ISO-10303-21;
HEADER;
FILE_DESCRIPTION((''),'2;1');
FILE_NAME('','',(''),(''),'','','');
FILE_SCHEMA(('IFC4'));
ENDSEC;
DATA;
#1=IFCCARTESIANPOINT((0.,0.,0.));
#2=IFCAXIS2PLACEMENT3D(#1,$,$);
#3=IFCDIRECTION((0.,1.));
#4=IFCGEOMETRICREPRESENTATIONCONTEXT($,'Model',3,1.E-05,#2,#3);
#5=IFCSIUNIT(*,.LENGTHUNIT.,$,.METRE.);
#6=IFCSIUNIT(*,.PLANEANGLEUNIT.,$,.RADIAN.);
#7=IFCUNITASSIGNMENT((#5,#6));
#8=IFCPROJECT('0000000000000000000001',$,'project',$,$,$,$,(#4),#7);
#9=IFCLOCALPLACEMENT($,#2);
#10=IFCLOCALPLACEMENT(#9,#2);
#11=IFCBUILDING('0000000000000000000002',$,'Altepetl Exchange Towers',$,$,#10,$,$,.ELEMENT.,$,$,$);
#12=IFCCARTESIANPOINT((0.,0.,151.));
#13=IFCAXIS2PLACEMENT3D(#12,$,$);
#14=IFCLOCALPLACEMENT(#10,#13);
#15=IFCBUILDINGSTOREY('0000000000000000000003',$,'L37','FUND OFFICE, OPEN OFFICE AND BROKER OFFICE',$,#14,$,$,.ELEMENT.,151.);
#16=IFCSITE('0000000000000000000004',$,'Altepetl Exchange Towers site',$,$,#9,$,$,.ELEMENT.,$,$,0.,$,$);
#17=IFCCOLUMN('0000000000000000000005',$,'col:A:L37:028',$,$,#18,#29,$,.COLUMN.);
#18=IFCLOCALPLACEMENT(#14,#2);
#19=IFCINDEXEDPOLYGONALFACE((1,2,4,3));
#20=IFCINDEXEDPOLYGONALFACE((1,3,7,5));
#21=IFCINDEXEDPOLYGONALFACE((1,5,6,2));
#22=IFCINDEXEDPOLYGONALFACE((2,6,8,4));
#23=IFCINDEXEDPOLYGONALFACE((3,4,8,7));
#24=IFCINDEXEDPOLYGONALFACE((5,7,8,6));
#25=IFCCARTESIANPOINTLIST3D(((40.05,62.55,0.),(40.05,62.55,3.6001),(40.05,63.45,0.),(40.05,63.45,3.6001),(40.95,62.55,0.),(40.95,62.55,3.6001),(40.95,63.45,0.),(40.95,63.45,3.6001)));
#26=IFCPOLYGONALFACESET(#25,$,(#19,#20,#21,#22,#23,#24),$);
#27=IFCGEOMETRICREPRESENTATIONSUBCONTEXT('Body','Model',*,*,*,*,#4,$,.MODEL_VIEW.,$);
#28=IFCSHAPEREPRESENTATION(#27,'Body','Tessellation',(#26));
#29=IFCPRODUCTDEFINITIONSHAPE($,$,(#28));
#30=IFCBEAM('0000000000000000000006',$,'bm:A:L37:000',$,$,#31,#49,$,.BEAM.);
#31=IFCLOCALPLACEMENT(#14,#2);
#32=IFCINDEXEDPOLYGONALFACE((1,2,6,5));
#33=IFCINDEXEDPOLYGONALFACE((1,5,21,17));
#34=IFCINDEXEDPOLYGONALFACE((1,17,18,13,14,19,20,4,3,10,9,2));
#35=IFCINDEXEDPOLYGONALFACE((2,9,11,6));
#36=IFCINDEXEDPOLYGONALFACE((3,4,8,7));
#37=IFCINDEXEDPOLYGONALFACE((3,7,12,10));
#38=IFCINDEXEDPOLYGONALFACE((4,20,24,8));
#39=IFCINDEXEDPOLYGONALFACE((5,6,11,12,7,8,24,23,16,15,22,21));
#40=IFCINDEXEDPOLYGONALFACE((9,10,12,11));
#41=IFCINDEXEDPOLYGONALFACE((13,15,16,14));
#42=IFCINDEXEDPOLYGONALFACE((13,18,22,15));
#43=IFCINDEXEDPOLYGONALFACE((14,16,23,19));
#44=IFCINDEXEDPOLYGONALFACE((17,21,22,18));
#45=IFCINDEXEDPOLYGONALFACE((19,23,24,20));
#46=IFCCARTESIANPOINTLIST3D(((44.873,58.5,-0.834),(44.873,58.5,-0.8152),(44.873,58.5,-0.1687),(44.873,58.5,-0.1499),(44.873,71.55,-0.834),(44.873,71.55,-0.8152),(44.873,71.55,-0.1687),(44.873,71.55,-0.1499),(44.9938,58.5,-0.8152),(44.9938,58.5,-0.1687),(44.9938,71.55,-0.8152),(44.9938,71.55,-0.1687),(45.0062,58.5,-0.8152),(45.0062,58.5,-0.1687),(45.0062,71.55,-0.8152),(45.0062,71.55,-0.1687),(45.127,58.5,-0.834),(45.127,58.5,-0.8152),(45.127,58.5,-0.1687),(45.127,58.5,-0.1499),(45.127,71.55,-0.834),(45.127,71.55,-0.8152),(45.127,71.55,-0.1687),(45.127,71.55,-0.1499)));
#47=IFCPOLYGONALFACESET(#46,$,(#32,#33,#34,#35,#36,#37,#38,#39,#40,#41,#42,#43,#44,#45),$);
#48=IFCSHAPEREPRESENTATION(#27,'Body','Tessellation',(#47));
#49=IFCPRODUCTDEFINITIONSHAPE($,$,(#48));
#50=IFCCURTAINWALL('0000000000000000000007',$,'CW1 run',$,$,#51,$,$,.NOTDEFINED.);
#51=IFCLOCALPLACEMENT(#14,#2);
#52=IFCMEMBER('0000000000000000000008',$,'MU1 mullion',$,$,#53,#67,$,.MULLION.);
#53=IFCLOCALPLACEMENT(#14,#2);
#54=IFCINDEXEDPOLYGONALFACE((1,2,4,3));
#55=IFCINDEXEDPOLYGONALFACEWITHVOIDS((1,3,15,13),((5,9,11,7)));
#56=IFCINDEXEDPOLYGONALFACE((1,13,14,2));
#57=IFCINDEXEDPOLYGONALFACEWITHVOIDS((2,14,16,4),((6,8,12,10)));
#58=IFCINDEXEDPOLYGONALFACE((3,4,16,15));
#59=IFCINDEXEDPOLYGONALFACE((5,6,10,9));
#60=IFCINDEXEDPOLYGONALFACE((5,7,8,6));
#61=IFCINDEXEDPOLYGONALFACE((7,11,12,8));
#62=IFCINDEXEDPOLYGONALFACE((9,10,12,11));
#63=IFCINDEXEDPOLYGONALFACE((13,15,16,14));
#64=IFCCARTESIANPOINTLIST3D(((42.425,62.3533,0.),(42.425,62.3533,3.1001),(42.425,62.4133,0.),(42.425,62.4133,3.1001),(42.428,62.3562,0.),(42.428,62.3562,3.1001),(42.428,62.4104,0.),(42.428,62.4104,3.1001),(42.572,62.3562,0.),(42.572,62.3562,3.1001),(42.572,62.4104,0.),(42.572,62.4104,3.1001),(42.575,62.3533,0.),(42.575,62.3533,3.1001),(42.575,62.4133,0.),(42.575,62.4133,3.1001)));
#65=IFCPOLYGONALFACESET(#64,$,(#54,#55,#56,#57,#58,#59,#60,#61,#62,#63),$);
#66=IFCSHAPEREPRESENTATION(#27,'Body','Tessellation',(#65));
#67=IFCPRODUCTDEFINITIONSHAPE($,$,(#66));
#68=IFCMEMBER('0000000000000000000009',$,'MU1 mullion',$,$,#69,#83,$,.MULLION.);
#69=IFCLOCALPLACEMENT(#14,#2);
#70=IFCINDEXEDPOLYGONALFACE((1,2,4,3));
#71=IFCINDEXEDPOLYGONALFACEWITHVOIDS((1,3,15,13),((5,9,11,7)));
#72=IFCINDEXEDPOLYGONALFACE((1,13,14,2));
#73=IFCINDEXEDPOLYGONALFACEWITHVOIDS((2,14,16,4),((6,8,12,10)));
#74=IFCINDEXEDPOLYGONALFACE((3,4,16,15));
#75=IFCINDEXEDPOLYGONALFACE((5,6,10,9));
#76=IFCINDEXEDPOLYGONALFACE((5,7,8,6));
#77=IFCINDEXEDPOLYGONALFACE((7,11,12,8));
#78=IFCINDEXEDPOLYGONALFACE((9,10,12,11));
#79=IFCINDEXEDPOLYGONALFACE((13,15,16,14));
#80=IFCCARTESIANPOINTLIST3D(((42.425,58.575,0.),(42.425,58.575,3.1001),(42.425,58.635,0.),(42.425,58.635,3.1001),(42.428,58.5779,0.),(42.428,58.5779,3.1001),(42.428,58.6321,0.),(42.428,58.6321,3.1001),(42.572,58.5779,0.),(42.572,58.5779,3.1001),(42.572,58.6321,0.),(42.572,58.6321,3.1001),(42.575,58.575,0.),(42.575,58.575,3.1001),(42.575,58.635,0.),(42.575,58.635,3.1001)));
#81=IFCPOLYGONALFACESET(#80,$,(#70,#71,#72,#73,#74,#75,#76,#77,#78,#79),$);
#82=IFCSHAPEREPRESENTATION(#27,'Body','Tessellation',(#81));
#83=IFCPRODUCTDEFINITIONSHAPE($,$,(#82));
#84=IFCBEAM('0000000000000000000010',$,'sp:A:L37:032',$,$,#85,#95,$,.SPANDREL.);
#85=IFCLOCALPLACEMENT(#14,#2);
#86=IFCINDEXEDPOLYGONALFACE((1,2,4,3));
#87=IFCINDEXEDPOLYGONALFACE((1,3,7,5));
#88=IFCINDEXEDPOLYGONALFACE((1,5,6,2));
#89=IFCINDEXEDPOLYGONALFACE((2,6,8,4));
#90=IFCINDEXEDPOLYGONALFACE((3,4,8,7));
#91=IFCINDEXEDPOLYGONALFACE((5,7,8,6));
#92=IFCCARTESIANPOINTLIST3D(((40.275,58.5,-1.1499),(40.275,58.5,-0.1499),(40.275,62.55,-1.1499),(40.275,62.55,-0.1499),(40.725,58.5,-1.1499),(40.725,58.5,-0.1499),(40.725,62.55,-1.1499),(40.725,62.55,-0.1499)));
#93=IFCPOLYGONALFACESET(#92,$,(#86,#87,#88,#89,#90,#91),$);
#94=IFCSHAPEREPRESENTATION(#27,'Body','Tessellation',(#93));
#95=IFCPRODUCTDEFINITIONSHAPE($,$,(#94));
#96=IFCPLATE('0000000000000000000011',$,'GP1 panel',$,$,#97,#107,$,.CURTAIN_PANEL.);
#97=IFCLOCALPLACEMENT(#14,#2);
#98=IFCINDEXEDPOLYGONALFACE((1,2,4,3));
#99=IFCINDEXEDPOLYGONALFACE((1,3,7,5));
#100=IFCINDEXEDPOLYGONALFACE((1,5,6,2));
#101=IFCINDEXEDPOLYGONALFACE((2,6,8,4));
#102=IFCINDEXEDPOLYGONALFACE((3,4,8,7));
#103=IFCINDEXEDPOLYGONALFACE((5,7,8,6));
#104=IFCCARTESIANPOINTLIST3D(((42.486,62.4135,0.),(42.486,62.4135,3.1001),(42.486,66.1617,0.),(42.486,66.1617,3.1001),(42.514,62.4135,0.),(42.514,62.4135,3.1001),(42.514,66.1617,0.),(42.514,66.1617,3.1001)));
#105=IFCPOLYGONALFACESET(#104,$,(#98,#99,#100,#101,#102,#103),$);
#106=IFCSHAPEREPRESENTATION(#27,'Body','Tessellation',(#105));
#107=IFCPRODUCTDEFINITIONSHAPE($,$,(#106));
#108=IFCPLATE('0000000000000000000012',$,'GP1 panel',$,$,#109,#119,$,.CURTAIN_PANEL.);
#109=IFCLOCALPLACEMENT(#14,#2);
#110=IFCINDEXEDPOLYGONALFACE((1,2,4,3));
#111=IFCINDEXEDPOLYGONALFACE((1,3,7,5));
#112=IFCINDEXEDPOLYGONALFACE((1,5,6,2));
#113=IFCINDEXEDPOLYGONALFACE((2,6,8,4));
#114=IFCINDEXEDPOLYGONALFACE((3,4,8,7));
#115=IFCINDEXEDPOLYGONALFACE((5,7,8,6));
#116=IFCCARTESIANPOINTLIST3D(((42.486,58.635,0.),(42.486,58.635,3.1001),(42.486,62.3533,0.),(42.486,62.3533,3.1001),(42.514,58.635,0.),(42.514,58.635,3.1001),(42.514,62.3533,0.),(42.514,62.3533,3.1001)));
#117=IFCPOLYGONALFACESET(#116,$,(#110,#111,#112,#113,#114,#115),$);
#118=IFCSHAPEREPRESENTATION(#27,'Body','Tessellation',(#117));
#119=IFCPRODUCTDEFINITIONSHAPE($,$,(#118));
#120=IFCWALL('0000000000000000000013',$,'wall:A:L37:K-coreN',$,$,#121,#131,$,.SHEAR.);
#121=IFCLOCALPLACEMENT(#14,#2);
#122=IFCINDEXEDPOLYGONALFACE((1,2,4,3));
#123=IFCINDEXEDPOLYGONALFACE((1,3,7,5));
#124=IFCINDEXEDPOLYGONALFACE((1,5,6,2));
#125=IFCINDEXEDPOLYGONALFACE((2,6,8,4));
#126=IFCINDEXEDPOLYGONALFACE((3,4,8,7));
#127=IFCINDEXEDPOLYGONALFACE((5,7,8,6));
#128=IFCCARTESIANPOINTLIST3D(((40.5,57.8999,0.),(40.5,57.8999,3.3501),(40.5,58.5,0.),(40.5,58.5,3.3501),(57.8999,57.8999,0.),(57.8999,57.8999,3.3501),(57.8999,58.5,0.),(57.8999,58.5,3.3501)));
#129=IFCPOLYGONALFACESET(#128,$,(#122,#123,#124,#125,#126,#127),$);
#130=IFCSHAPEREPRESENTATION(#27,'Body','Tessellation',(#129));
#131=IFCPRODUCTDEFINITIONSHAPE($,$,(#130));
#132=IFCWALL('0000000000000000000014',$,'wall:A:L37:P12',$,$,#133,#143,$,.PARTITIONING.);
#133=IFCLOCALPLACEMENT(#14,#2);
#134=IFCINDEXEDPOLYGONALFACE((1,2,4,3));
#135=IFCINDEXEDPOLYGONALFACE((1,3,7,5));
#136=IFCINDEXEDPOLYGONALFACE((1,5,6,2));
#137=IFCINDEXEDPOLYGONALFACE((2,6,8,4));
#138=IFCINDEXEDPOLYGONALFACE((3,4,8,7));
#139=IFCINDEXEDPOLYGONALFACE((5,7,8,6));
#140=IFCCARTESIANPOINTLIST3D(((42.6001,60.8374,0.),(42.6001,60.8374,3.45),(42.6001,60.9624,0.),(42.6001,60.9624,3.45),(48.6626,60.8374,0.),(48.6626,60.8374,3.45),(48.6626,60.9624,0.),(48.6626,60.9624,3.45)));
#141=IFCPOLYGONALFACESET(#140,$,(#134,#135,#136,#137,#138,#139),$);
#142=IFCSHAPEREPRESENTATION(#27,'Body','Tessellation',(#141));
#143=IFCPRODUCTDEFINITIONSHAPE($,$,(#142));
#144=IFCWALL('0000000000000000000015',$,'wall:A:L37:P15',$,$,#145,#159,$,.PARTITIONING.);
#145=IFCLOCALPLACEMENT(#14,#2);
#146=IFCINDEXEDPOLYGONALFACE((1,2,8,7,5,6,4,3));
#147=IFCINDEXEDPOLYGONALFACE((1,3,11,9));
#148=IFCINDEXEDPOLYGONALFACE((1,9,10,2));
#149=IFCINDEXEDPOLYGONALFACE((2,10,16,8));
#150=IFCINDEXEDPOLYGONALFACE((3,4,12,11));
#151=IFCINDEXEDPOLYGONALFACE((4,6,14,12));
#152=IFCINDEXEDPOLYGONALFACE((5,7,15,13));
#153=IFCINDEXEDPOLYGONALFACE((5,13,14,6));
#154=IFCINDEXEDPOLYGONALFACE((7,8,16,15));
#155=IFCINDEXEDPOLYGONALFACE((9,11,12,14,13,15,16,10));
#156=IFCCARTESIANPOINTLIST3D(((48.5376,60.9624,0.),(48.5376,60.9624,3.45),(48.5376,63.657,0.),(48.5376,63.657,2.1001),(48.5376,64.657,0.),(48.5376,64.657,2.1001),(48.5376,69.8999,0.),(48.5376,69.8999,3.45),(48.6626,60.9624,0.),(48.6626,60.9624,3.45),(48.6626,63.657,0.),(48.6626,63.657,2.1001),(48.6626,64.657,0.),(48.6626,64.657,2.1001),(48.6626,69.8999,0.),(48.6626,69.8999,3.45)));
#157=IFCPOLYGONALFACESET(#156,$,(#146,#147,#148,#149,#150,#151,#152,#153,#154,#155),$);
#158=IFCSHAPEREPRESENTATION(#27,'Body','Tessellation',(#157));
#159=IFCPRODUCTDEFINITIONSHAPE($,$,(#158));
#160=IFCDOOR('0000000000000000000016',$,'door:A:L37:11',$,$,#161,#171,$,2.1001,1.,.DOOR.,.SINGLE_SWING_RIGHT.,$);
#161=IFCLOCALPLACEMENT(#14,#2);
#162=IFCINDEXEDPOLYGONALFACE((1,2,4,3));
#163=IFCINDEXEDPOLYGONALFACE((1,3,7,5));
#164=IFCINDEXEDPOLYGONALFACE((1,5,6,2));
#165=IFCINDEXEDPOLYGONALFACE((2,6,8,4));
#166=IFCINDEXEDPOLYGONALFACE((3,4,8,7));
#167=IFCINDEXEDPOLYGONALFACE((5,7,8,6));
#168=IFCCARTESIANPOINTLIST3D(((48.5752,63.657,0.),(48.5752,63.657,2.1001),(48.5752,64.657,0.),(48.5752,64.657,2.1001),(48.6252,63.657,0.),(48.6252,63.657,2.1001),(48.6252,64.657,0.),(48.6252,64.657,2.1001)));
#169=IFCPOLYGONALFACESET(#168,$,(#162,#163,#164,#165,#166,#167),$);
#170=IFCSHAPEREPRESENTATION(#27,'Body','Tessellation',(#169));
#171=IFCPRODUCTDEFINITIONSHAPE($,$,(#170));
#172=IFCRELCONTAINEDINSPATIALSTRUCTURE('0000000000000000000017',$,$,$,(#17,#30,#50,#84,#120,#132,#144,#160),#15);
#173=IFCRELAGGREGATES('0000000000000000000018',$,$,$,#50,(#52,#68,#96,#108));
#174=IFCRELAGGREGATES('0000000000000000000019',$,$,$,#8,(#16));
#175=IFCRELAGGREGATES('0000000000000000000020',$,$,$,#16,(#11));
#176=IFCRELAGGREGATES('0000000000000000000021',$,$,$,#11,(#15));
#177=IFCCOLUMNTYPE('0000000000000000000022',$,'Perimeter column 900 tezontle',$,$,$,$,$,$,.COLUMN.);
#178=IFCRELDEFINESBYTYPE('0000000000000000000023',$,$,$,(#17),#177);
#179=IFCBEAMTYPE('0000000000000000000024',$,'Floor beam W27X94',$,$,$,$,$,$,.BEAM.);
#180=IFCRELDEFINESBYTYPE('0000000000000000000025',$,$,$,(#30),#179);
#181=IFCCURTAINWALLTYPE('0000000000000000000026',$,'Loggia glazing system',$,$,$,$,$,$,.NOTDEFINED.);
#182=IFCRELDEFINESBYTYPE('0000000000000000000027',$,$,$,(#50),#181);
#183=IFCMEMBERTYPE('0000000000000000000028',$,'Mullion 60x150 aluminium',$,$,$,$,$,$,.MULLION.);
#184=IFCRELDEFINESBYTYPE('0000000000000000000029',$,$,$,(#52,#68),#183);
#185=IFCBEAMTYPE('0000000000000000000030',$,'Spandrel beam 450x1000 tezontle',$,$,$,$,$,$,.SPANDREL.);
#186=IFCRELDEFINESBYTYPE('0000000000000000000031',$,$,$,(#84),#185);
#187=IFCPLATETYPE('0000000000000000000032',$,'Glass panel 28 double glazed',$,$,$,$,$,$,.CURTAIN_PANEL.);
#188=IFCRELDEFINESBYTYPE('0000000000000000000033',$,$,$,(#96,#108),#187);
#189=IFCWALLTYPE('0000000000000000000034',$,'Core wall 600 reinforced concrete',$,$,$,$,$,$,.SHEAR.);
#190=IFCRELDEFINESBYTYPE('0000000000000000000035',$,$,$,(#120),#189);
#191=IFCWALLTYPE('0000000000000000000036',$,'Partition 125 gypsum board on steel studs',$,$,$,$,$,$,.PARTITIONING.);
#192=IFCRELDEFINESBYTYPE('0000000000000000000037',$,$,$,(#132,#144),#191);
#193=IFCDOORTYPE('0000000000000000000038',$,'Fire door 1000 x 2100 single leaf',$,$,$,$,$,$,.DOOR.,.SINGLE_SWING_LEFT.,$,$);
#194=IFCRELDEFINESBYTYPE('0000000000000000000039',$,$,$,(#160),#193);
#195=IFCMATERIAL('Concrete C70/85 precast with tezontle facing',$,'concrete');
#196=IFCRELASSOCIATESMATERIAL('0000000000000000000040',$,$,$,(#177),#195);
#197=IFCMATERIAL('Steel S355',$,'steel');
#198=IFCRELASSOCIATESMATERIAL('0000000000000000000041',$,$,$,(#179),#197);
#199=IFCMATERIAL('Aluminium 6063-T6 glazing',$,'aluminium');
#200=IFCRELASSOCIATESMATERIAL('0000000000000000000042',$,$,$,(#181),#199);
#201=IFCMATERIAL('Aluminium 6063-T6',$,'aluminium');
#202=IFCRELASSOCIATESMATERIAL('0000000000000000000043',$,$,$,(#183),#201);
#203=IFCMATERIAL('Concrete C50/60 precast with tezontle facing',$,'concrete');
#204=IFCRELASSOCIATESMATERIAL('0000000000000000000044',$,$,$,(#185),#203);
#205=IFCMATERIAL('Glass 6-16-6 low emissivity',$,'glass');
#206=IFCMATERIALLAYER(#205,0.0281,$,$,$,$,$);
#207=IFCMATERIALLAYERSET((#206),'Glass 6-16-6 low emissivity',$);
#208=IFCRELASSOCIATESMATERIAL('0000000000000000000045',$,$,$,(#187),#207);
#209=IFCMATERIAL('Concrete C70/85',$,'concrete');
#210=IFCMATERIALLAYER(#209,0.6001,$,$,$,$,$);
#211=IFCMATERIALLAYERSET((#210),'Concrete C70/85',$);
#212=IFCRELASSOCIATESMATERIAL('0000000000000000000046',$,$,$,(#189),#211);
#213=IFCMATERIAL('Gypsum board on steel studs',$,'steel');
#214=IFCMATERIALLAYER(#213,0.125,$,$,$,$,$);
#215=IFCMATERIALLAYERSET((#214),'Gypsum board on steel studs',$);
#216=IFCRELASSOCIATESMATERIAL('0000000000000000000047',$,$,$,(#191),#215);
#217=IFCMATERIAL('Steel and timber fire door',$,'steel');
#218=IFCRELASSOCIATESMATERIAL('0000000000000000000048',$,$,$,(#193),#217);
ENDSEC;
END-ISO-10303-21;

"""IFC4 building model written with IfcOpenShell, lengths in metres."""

from ifc_helpers import new_model, si_unit, direction, frame, frame_2d, origin, origin_2d, place, context, subcontext, project, spatial, rectangle, hollow_rectangle, i_section, extrude, material, layer, layer_set, material_profile, profile_set, type_object, element, fill, aggregate, save


model = new_model("IFC4")

# Units and contexts
model_context = context("Model", 3, precision=1e-05, world=origin(), true_north=direction((0.0, 1.0)))
body_context = subcontext(model_context, "Body", "Model", "MODEL_VIEW")
ifc_project = project(units=[si_unit("LENGTHUNIT", "METRE"), si_unit("PLANEANGLEUNIT", "RADIAN")], contexts=[model_context])

# Site, building, storey
site_placement = place(None, origin())
site = spatial("IfcSite", under=ifc_project, at=site_placement, Name="Altepetl Exchange Towers site", CompositionType="ELEMENT", RefElevation=0.0)
building_placement = place(site_placement, origin())
building = spatial("IfcBuilding", under=site, at=building_placement, Name="Altepetl Exchange Towers", CompositionType="ELEMENT")
storey_placement = place(building_placement, frame((0.0, 0.0, 151.0)))
storey = spatial("IfcBuildingStorey", under=building, at=storey_placement, Name="L37", Description="FUND OFFICE, OPEN OFFICE AND BROKER OFFICE", CompositionType="ELEMENT", Elevation=151.0)

# Column
ifc_material_1 = material(Name="Concrete C70/85 precast with tezontle facing", Category="concrete")
ifc_material_profile_1 = material_profile(ifc_material_1, rectangle(XDim=0.8999, YDim=0.8999, at=origin_2d()), Name="900 x 900")
ifc_profile_set_1 = profile_set([ifc_material_profile_1], Name="Concrete C70/85 precast with tezontle facing")
column_type = type_object("IfcColumnType", Name="Perimeter column 900 tezontle", PredefinedType="COLUMN", material=ifc_profile_set_1)
column_placement = place(storey_placement, frame((40.5, 63.0, 0.0)))
element("IfcColumn", 1, at=column_placement, inside=storey, type_object=column_type, Name="col:A:L37:028", PredefinedType="COLUMN", context=body_context, shape_type="SweptSolid", body=[
    extrude(rectangle(XDim=0.8999, YDim=0.8999, at=origin_2d()), origin(), (0.0, 0.0, 1.0), 3.6001),
])

# Beam
ifc_material_2 = material(Name="Steel S355", Category="steel")
ifc_material_profile_2 = material_profile(ifc_material_2, i_section(OverallWidth=0.2539, OverallDepth=0.6841, WebThickness=0.0125, FlangeThickness=0.0188, at=origin_2d()), Name="W27X94")
ifc_profile_set_2 = profile_set([ifc_material_profile_2], Name="Steel S355")
beam_type_1 = type_object("IfcBeamType", Name="Floor beam W27X94", PredefinedType="BEAM", material=ifc_profile_set_2)
beam_1_placement = place(storey_placement, frame((45.0, 58.5, -0.4919), z_axis=(0.0, 1.0, 0.0), x_axis=(-1.0, 0.0, 0.0)))
element("IfcBeam", 2, at=beam_1_placement, inside=storey, type_object=beam_type_1, Name="bm:A:L37:000", PredefinedType="BEAM", context=body_context, shape_type="SweptSolid", body=[
    extrude(i_section(OverallWidth=0.2539, OverallDepth=0.6841, WebThickness=0.0125, FlangeThickness=0.0188, at=origin_2d()), origin(), (0.0, 0.0, 1.0), 13.05),
])

# Curtain wall, members
ifc_material_3 = material(Name="Aluminium 6063-T6 glazing", Category="aluminium")
curtain_wall_type = type_object("IfcCurtainWallType", Name="Loggia glazing system", PredefinedType="NOTDEFINED", material=ifc_material_3)
curtain_wall_placement = place(storey_placement, origin())
curtain_wall = element("IfcCurtainWall", 3, at=curtain_wall_placement, inside=storey, type_object=curtain_wall_type, Name="CW1 run", PredefinedType="NOTDEFINED")
ifc_material_4 = material(Name="Aluminium 6063-T6", Category="aluminium")
ifc_material_profile_3 = material_profile(ifc_material_4, hollow_rectangle(XDim=0.0601, YDim=0.1499, WallThickness=0.0029, at=origin_2d()), Name="Mullion 60x150 aluminium")
ifc_profile_set_3 = profile_set([ifc_material_profile_3], Name="Aluminium 6063-T6")
member_type = type_object("IfcMemberType", Name="Mullion 60x150 aluminium", PredefinedType="MULLION", material=ifc_profile_set_3)
member_1_placement = place(storey_placement, frame((42.5, 62.3833, 0.0), z_axis=(0.0, 0.0, 1.0), x_axis=(0.0, -1.0, 0.0)))
member_1 = element("IfcMember", 4, at=member_1_placement, type_object=member_type, Name="MU1 mullion", PredefinedType="MULLION", context=body_context, shape_type="SweptSolid", body=[
    extrude(hollow_rectangle(XDim=0.0601, YDim=0.1499, WallThickness=0.0029, at=origin_2d()), origin(), (0.0, 0.0, 1.0), 3.1001),
])
member_2_placement = place(storey_placement, frame((42.5, 58.605, 0.0), z_axis=(0.0, 0.0, 1.0), x_axis=(0.0, -1.0, 0.0)))
member_2 = element("IfcMember", 5, at=member_2_placement, type_object=member_type, Name="MU1 mullion", PredefinedType="MULLION", context=body_context, shape_type="SweptSolid", body=[
    extrude(hollow_rectangle(XDim=0.0601, YDim=0.1499, WallThickness=0.0029, at=origin_2d()), origin(), (0.0, 0.0, 1.0), 3.1001),
])

# Beam
ifc_material_5 = material(Name="Concrete C50/60 precast with tezontle facing", Category="concrete")
ifc_material_profile_4 = material_profile(ifc_material_5, rectangle(XDim=0.45, YDim=1.0, at=origin_2d()), Name="450 x 1000")
ifc_profile_set_4 = profile_set([ifc_material_profile_4], Name="Concrete C50/60 precast with tezontle facing")
beam_type_2 = type_object("IfcBeamType", Name="Spandrel beam 450x1000 tezontle", PredefinedType="SPANDREL", material=ifc_profile_set_4)
beam_2_placement = place(storey_placement, frame((40.5, 62.55, -0.6499), z_axis=(0.0, -1.0, 0.0), x_axis=(1.0, 0.0, 0.0)))
element("IfcBeam", 6, at=beam_2_placement, inside=storey, type_object=beam_type_2, Name="sp:A:L37:032", PredefinedType="SPANDREL", context=body_context, shape_type="SweptSolid", body=[
    extrude(rectangle(XDim=0.45, YDim=1.0, at=origin_2d()), origin(), (0.0, 0.0, 1.0), 4.05),
])

# Plates
ifc_material_6 = material(Name="Glass 6-16-6 low emissivity", Category="glass")
ifc_layer_1 = layer(ifc_material_6, 0.0281)
ifc_layer_set_1 = layer_set([ifc_layer_1], Name="Glass 6-16-6 low emissivity")
plate_type = type_object("IfcPlateType", Name="Glass panel 28 double glazed", PredefinedType="CURTAIN_PANEL", material=ifc_layer_set_1)
plate_1_placement = place(storey_placement, frame((42.5, 64.2876, 0.0), z_axis=(0.0, 0.0, 1.0), x_axis=(0.0, -1.0, 0.0)))
plate_1 = element("IfcPlate", 7, at=plate_1_placement, type_object=plate_type, Name="GP1 panel", PredefinedType="CURTAIN_PANEL", context=body_context, shape_type="SweptSolid", body=[
    extrude(rectangle(XDim=3.7483, YDim=0.0281, at=origin_2d()), origin(), (0.0, 0.0, 1.0), 3.1001),
])
plate_2_placement = place(storey_placement, frame((42.5, 60.4941, 0.0), z_axis=(0.0, 0.0, 1.0), x_axis=(0.0, -1.0, 0.0)))
plate_2 = element("IfcPlate", 8, at=plate_2_placement, type_object=plate_type, Name="GP1 panel", PredefinedType="CURTAIN_PANEL", context=body_context, shape_type="SweptSolid", body=[
    extrude(rectangle(XDim=3.7183, YDim=0.0281, at=origin_2d()), origin(), (0.0, 0.0, 1.0), 3.1001),
])
aggregate(curtain_wall, [member_1, member_2, plate_1, plate_2])

# Walls
ifc_material_7 = material(Name="Concrete C70/85", Category="concrete")
ifc_layer_2 = layer(ifc_material_7, 0.6001)
ifc_layer_set_2 = layer_set([ifc_layer_2], Name="Concrete C70/85")
wall_type_1 = type_object("IfcWallType", Name="Core wall 600 reinforced concrete", PredefinedType="SHEAR", material=ifc_layer_set_2)
wall_1_placement = place(storey_placement, frame((40.5, 58.2, 0.0)))
element("IfcWall", 9, at=wall_1_placement, inside=storey, type_object=wall_type_1, Name="wall:A:L37:K-coreN", PredefinedType="SHEAR", context=body_context, shape_type="SweptSolid", body=[
    extrude(rectangle(XDim=17.3999, YDim=0.6001, at=frame_2d((8.7, 0.0))), origin(), (0.0, 0.0, 1.0), 3.3501),
])
ifc_material_8 = material(Name="Gypsum board on steel studs", Category="steel")
ifc_layer_3 = layer(ifc_material_8, 0.125)
ifc_layer_set_3 = layer_set([ifc_layer_3], Name="Gypsum board on steel studs")
wall_type_2 = type_object("IfcWallType", Name="Partition 125 gypsum board on steel studs", PredefinedType="PARTITIONING", material=ifc_layer_set_3)
wall_2_placement = place(storey_placement, frame((42.6001, 60.8999, 0.0)))
element("IfcWall", 10, at=wall_2_placement, inside=storey, type_object=wall_type_2, Name="wall:A:L37:P12", PredefinedType="PARTITIONING", context=body_context, shape_type="SweptSolid", body=[
    extrude(rectangle(XDim=6.0625, YDim=0.125, at=frame_2d((3.0312, 0.0))), origin(), (0.0, 0.0, 1.0), 3.45),
])

# Wall, opening, door
wall_3_placement = place(storey_placement, frame((48.6001, 60.9624, 0.0), z_axis=(0.0, 0.0, 1.0), x_axis=(0.0, 1.0, 0.0)))
wall_3 = element("IfcWall", 11, at=wall_3_placement, inside=storey, type_object=wall_type_2, Name="wall:A:L37:P15", PredefinedType="PARTITIONING", context=body_context, shape_type="SweptSolid", body=[
    extrude(rectangle(XDim=8.9375, YDim=0.125, at=frame_2d((4.4688, 0.0))), origin(), (0.0, 0.0, 1.0), 3.45),
])
opening_1_placement = place(wall_3_placement, frame((2.6946, 0.0, 0.0)))
opening_1 = element("IfcOpeningElement", 12, at=opening_1_placement, cuts=wall_3, PredefinedType="OPENING", context=body_context, shape_type="SweptSolid", body=[
    extrude(rectangle(XDim=1.0, YDim=2.1001, at=frame_2d((0.5, 1.05))), frame((0.0, 0.0725, 0.0), z_axis=(0.0, -1.0, 0.0), x_axis=(1.0, 0.0, 0.0)), (0.0, 0.0, 1.0), 0.145),
])
ifc_material_9 = material(Name="Steel and timber fire door", Category="steel")
door_type_1 = type_object("IfcDoorType", Name="Fire door 1000 x 2100 single leaf", OperationType="SINGLE_SWING_LEFT", PredefinedType="DOOR", material=ifc_material_9)
door_1_placement = place(opening_1_placement, origin())
door_1 = element("IfcDoor", 13, at=door_1_placement, inside=storey, type_object=door_type_1, Name="door:A:L37:11", OperationType="SINGLE_SWING_RIGHT", OverallHeight=2.1001, OverallWidth=1.0, PredefinedType="DOOR", context=body_context, shape_type="SweptSolid", body=[
    extrude(rectangle(XDim=1.0, YDim=2.1001, at=frame_2d((0.5, 1.05))), frame((0.0, 0.0249, 0.0), z_axis=(0.0, -1.0, 0.0), x_axis=(1.0, 0.0, 0.0)), (0.0, 0.0, 1.0), 0.05),
])
fill(opening_1, door_1)

save(model, "model.ifc")
